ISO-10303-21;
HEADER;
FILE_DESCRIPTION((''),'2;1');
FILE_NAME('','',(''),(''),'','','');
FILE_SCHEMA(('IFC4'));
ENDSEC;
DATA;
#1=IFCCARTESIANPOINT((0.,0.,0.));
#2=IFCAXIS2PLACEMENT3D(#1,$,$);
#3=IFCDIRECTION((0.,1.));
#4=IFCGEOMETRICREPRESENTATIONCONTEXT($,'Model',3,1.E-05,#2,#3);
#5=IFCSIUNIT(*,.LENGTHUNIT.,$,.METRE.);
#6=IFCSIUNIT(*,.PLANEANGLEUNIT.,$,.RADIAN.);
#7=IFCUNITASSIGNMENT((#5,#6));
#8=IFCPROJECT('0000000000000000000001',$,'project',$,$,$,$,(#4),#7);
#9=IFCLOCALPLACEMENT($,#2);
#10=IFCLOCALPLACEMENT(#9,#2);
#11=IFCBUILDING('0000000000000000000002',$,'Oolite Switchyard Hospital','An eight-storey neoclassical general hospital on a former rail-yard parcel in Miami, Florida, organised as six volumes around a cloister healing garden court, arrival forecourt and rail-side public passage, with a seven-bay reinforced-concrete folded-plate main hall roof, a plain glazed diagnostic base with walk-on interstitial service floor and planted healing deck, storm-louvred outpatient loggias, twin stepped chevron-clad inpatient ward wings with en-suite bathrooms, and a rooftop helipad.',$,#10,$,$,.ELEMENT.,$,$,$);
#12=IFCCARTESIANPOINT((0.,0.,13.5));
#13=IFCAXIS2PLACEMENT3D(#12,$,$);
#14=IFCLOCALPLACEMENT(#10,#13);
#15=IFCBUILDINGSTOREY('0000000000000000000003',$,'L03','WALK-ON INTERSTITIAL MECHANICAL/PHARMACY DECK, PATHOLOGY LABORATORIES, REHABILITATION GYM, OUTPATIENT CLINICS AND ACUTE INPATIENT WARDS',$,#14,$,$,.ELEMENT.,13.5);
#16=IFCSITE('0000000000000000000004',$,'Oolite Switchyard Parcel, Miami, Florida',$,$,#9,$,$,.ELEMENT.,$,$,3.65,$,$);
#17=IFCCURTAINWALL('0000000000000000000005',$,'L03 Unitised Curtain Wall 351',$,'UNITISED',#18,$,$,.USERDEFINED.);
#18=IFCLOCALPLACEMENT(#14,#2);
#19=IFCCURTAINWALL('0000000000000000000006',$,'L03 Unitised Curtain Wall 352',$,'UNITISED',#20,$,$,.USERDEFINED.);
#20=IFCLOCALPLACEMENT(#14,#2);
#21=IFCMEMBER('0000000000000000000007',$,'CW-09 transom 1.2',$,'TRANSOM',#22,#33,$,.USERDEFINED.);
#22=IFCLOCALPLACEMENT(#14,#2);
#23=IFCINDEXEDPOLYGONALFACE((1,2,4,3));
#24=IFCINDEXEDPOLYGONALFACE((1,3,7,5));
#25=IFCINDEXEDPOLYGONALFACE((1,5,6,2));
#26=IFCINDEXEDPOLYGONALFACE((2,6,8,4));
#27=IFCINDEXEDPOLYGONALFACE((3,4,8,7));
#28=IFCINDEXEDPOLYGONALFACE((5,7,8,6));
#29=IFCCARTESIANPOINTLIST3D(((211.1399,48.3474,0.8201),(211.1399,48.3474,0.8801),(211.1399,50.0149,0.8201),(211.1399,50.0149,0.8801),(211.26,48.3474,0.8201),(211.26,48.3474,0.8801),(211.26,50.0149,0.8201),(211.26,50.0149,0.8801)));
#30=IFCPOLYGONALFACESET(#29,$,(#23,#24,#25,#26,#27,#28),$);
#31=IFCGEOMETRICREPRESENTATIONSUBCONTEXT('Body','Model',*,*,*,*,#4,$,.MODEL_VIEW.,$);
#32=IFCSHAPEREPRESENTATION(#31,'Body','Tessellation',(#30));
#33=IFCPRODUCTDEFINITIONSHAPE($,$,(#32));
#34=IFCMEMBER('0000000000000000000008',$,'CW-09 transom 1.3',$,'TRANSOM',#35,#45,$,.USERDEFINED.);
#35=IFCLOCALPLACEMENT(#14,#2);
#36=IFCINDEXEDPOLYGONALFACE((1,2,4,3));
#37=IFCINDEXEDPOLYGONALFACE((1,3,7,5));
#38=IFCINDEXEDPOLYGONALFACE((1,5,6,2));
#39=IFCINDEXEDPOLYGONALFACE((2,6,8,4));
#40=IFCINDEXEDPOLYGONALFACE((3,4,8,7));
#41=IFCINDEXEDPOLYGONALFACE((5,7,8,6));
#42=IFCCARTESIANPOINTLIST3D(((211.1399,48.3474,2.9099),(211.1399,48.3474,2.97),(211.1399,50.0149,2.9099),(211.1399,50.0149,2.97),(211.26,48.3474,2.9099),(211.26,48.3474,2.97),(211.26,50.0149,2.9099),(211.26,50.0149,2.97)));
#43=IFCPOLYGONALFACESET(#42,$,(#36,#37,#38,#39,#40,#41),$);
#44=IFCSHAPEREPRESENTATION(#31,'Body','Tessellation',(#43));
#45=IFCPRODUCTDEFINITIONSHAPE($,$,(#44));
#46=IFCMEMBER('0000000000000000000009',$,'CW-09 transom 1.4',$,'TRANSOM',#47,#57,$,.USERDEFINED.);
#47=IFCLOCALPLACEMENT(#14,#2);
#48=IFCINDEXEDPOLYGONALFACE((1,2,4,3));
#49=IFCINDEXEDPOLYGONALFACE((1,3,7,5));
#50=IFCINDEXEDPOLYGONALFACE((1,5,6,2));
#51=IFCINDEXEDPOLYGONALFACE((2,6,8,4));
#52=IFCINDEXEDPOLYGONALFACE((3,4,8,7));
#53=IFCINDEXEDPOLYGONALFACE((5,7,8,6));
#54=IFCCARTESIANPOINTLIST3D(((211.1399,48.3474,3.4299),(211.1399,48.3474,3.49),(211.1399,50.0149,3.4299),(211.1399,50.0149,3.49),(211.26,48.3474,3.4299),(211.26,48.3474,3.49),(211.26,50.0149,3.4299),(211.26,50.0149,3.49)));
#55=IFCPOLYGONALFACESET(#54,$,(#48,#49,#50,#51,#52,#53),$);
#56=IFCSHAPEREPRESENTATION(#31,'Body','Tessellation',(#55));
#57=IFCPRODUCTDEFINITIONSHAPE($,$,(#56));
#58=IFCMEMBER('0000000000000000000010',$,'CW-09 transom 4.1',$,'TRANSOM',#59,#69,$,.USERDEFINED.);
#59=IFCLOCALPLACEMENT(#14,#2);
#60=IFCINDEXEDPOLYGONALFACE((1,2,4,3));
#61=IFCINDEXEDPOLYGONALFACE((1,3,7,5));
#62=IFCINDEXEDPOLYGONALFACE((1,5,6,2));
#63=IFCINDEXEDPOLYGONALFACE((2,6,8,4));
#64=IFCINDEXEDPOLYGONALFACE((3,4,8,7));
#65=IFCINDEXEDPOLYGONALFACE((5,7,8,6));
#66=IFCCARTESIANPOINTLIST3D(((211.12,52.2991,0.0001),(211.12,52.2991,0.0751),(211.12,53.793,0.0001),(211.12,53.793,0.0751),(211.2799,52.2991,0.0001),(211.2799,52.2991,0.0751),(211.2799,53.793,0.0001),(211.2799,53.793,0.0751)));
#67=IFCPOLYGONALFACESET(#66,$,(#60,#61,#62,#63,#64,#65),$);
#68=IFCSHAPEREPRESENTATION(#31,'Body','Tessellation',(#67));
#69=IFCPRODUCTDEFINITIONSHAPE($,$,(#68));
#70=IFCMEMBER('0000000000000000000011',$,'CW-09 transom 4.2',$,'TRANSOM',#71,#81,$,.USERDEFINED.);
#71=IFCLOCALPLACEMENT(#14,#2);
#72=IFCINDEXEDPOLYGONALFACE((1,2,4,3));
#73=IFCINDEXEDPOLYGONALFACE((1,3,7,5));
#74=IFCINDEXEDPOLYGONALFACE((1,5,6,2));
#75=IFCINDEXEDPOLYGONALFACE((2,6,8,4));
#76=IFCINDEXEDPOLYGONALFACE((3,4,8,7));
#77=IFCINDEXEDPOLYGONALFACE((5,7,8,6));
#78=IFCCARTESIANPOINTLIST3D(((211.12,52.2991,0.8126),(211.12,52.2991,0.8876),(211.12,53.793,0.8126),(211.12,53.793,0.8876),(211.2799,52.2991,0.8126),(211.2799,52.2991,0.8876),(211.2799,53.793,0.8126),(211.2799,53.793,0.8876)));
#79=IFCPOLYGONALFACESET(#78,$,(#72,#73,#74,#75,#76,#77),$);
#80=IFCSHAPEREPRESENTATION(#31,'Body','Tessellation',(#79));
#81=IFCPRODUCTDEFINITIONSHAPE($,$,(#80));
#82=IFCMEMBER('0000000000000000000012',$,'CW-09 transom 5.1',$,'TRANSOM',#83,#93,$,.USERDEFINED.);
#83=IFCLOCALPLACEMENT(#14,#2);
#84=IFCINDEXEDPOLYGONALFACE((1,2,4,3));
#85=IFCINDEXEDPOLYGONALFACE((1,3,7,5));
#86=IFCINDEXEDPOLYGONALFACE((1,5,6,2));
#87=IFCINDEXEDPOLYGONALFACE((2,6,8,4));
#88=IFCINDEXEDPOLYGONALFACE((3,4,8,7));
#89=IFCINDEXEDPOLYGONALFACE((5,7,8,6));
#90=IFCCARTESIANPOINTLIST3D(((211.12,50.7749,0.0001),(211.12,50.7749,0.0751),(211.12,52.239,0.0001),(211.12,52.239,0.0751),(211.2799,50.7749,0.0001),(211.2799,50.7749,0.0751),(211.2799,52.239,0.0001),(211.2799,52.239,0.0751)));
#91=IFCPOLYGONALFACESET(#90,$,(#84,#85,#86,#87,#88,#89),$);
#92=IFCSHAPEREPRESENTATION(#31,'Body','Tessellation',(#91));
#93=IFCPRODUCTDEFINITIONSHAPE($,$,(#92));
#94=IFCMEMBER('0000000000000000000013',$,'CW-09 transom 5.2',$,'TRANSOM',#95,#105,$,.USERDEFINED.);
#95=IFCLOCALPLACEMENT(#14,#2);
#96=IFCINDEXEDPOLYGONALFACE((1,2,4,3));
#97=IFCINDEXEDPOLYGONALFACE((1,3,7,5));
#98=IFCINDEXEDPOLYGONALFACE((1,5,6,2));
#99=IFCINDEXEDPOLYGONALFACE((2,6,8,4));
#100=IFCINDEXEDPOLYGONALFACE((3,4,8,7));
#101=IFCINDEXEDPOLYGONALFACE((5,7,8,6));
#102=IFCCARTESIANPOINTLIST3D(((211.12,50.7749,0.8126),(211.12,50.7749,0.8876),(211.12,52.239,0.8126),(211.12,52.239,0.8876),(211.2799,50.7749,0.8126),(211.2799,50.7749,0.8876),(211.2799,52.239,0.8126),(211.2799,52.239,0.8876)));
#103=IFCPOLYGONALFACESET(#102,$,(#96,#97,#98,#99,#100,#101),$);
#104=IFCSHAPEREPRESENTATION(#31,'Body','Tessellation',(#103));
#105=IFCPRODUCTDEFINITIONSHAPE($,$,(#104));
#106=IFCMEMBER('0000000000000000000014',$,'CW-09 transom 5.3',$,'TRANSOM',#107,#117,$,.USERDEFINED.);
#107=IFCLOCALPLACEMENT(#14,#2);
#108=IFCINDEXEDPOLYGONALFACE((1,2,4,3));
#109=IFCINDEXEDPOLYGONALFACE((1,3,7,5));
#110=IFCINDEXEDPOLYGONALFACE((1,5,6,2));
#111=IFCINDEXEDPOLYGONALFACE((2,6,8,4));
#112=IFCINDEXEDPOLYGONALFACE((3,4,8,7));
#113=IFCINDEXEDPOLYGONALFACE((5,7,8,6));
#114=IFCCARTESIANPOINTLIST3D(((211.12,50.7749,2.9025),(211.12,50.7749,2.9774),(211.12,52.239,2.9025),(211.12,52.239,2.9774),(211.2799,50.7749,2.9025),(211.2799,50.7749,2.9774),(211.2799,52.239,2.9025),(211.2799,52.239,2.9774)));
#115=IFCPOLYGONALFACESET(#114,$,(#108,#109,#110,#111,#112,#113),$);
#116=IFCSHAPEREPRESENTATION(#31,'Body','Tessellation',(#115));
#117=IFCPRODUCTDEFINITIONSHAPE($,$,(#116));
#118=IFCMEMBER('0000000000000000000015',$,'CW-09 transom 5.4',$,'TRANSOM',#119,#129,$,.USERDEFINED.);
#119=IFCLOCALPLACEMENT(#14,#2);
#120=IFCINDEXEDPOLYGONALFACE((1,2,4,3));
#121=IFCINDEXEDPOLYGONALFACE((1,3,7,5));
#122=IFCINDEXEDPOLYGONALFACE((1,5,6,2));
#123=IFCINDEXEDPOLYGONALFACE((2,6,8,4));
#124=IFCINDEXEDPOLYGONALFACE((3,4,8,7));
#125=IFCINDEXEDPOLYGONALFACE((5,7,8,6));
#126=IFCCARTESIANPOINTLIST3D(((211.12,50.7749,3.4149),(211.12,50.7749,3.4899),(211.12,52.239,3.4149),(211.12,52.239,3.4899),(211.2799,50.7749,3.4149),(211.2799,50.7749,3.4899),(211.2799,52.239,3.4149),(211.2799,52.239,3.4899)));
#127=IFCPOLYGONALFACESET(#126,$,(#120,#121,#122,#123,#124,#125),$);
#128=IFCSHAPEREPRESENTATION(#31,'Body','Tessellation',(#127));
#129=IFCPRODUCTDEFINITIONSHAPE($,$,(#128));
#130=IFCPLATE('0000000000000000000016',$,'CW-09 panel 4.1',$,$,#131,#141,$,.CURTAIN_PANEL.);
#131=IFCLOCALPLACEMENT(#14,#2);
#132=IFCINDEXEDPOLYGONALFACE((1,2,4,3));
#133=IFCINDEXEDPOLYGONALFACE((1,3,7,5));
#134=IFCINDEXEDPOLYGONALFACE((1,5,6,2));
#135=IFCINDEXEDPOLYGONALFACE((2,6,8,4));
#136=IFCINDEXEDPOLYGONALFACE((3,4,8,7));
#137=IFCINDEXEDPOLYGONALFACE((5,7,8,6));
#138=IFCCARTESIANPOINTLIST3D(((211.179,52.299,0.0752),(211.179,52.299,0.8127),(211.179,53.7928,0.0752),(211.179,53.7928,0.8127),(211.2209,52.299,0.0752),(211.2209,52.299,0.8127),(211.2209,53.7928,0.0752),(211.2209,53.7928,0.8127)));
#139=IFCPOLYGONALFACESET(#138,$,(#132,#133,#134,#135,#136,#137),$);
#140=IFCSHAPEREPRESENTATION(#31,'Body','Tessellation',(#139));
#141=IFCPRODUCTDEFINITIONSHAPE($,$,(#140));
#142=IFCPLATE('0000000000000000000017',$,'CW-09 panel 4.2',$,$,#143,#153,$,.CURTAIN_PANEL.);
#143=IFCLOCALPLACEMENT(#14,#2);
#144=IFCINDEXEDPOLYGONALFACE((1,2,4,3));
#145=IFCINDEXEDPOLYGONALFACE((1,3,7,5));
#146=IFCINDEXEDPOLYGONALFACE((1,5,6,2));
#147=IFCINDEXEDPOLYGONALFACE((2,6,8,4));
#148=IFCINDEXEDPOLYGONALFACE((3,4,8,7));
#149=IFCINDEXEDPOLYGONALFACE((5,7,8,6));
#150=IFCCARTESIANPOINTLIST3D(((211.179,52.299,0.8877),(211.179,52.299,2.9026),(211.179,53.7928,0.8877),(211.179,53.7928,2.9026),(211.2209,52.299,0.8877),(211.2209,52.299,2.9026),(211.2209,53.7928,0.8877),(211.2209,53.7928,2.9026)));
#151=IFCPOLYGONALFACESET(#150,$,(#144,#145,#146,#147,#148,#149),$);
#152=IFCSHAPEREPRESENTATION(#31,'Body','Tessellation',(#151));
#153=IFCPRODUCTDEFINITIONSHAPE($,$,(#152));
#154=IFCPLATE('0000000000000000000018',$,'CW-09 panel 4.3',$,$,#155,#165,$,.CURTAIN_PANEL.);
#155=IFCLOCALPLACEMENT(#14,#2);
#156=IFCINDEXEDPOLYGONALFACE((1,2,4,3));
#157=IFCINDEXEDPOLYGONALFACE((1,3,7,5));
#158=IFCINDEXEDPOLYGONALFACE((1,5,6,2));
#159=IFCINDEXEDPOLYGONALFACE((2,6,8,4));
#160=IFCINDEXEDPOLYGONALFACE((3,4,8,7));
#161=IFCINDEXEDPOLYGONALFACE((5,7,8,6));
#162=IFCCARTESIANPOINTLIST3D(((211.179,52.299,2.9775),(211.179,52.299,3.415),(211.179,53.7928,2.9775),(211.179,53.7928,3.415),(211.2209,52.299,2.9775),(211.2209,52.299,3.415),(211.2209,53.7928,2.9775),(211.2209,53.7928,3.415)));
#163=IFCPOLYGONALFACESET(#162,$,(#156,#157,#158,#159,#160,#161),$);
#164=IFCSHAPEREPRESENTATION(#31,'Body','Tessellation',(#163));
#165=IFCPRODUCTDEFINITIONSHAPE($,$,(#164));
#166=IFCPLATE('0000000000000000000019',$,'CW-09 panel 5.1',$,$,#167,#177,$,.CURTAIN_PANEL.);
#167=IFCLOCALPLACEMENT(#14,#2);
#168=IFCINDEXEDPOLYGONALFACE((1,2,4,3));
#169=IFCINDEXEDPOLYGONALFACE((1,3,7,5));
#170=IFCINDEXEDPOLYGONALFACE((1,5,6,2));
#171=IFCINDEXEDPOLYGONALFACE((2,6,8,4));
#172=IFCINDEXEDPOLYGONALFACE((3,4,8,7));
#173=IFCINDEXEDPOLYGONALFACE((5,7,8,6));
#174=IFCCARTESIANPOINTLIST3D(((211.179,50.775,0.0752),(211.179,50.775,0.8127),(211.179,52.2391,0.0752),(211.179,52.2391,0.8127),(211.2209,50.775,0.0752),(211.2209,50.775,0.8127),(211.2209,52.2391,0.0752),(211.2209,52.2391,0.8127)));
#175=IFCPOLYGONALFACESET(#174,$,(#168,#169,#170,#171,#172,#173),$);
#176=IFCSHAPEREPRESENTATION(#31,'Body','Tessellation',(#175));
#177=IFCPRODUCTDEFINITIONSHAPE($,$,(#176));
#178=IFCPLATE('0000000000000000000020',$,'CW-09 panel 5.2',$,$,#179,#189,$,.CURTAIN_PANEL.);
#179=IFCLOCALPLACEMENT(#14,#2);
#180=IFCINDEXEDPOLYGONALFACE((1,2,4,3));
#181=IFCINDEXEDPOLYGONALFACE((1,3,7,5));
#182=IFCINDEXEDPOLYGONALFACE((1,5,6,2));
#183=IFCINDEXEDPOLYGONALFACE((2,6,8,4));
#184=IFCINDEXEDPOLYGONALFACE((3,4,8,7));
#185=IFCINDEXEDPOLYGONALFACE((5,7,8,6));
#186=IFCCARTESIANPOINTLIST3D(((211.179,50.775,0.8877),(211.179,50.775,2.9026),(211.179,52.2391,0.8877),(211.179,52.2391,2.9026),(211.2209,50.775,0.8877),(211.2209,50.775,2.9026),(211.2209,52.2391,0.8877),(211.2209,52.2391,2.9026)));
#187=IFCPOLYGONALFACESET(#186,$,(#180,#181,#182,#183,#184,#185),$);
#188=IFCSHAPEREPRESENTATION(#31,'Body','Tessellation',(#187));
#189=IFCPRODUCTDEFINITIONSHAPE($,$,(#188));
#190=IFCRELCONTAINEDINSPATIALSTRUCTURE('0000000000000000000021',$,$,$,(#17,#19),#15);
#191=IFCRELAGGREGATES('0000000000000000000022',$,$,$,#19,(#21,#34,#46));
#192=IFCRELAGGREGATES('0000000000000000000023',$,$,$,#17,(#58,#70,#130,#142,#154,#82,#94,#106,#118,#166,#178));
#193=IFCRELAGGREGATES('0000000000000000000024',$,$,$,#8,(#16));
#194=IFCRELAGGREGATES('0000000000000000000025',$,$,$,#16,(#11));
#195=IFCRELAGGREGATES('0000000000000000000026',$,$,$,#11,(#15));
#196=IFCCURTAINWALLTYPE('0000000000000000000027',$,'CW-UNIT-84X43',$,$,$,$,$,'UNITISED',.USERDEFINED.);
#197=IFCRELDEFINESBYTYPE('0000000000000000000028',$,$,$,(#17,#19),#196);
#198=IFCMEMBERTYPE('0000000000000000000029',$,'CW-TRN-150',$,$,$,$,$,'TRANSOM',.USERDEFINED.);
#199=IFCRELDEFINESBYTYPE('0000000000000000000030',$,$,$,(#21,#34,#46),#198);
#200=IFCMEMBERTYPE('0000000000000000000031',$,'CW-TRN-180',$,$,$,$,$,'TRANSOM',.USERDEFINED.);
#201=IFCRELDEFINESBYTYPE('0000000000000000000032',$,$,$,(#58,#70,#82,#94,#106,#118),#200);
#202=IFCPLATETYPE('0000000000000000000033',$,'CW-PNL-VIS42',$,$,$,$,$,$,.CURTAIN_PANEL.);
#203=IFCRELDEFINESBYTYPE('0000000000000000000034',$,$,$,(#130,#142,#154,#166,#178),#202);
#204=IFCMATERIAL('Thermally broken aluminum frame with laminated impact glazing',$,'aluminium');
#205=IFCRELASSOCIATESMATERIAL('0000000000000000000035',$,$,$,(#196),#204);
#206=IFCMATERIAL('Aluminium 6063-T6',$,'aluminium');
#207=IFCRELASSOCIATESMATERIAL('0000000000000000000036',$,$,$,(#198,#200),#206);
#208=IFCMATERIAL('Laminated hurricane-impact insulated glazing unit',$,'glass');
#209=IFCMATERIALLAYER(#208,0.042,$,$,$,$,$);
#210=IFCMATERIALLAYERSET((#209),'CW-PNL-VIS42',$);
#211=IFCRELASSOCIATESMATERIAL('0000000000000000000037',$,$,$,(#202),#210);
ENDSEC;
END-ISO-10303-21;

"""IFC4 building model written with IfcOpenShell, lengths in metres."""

from ifc_helpers import new_model, si_unit, direction, frame, origin, origin_2d, place, context, subcontext, project, spatial, rectangle, extrude, material, layer, layer_set, material_profile, profile_set, type_object, element, aggregate, save


model = new_model("IFC4")

# Units and contexts
model_context = context("Model", 3, precision=1e-05, world=origin(), true_north=direction((0.0, 1.0)))
body_context = subcontext(model_context, "Body", "Model", "MODEL_VIEW")
ifc_project = project(units=[si_unit("LENGTHUNIT", "METRE"), si_unit("PLANEANGLEUNIT", "RADIAN")], contexts=[model_context])

# Site, building, storey
site_placement = place(None, origin())
site = spatial("IfcSite", under=ifc_project, at=site_placement, Name="Oolite Switchyard Parcel, Miami, Florida", CompositionType="ELEMENT", RefElevation=3.65)
building_placement = place(site_placement, origin())
building = spatial("IfcBuilding", under=site, at=building_placement, Name="Oolite Switchyard Hospital", Description="An eight-storey neoclassical general hospital on a former rail-yard parcel in Miami, Florida, organised as six volumes around a cloister healing garden court, arrival forecourt and rail-side public passage, with a seven-bay reinforced-concrete folded-plate main hall roof, a plain glazed diagnostic base with walk-on interstitial service floor and planted healing deck, storm-louvred outpatient loggias, twin stepped chevron-clad inpatient ward wings with en-suite bathrooms, and a rooftop helipad.", CompositionType="ELEMENT")
storey_placement = place(building_placement, frame((0.0, 0.0, 13.5)))
storey = spatial("IfcBuildingStorey", under=building, at=storey_placement, Name="L03", Description="WALK-ON INTERSTITIAL MECHANICAL/PHARMACY DECK, PATHOLOGY LABORATORIES, REHABILITATION GYM, OUTPATIENT CLINICS AND ACUTE INPATIENT WARDS", CompositionType="ELEMENT", Elevation=13.5)

# Curtain walls, members
ifc_material_1 = material(Name="Thermally broken aluminum frame with laminated impact glazing", Category="aluminium")
curtain_wall_type = type_object("IfcCurtainWallType", Name="CW-UNIT-84X43", ElementType="UNITISED", PredefinedType="USERDEFINED", material=ifc_material_1)
curtain_wall_1_placement = place(storey_placement, origin())
curtain_wall_1 = element("IfcCurtainWall", 1, at=curtain_wall_1_placement, inside=storey, type_object=curtain_wall_type, Name="L03 Unitised Curtain Wall 351", ObjectType="UNITISED", PredefinedType="USERDEFINED")
ifc_material_2 = material(Name="Aluminium 6063-T6", Category="aluminium")
curtain_wall_2_placement = place(storey_placement, origin())
curtain_wall_2 = element("IfcCurtainWall", 2, at=curtain_wall_2_placement, inside=storey, type_object=curtain_wall_type, Name="L03 Unitised Curtain Wall 352", ObjectType="UNITISED", PredefinedType="USERDEFINED")
ifc_material_profile_1 = material_profile(ifc_material_2, rectangle(XDim=0.1201, YDim=0.0601, at=origin_2d()), Name="CWT60X120")
ifc_profile_set_1 = profile_set([ifc_material_profile_1], Name="Aluminium 6063-T6")
member_type_1 = type_object("IfcMemberType", Name="CW-TRN-150", ElementType="TRANSOM", PredefinedType="USERDEFINED", material=ifc_profile_set_1)
member_1_placement = place(storey_placement, frame((211.2, 50.0149, 0.8501), z_axis=(0.0, -1.0, 0.0), x_axis=(1.0, 0.0, 0.0)))
member_1 = element("IfcMember", 3, at=member_1_placement, type_object=member_type_1, Name="CW-09 transom 1.2", ObjectType="TRANSOM", PredefinedType="USERDEFINED", context=body_context, shape_type="SweptSolid", body=[
    extrude(rectangle(XDim=0.1201, YDim=0.0601, at=origin_2d()), origin(), (0.0, 0.0, 1.0), 1.6675),
])
member_2_placement = place(storey_placement, frame((211.2, 50.0149, 2.9399), z_axis=(0.0, -1.0, 0.0), x_axis=(1.0, 0.0, 0.0)))
member_2 = element("IfcMember", 4, at=member_2_placement, type_object=member_type_1, Name="CW-09 transom 1.3", ObjectType="TRANSOM", PredefinedType="USERDEFINED", context=body_context, shape_type="SweptSolid", body=[
    extrude(rectangle(XDim=0.1201, YDim=0.0601, at=origin_2d()), origin(), (0.0, 0.0, 1.0), 1.6675),
])
member_3_placement = place(storey_placement, frame((211.2, 50.0149, 3.46), z_axis=(0.0, -1.0, 0.0), x_axis=(1.0, 0.0, 0.0)))
member_3 = element("IfcMember", 5, at=member_3_placement, type_object=member_type_1, Name="CW-09 transom 1.4", ObjectType="TRANSOM", PredefinedType="USERDEFINED", context=body_context, shape_type="SweptSolid", body=[
    extrude(rectangle(XDim=0.1201, YDim=0.0601, at=origin_2d()), origin(), (0.0, 0.0, 1.0), 1.6675),
])
aggregate(curtain_wall_2, [member_1, member_2, member_3])

# Members
ifc_material_profile_2 = material_profile(ifc_material_2, rectangle(XDim=0.1599, YDim=0.075, at=origin_2d()), Name="CWT75X160")
ifc_profile_set_2 = profile_set([ifc_material_profile_2], Name="Aluminium 6063-T6")
member_type_2 = type_object("IfcMemberType", Name="CW-TRN-180", ElementType="TRANSOM", PredefinedType="USERDEFINED", material=ifc_profile_set_2)
member_4_placement = place(storey_placement, frame((211.2, 53.793, 0.0376), z_axis=(0.0, -1.0, 0.0), x_axis=(1.0, 0.0, 0.0)))
member_4 = element("IfcMember", 6, at=member_4_placement, type_object=member_type_2, Name="CW-09 transom 4.1", ObjectType="TRANSOM", PredefinedType="USERDEFINED", context=body_context, shape_type="SweptSolid", body=[
    extrude(rectangle(XDim=0.1599, YDim=0.075, at=origin_2d()), origin(), (0.0, 0.0, 1.0), 1.4939),
])
member_5_placement = place(storey_placement, frame((211.2, 53.793, 0.8501), z_axis=(0.0, -1.0, 0.0), x_axis=(1.0, 0.0, 0.0)))
member_5 = element("IfcMember", 7, at=member_5_placement, type_object=member_type_2, Name="CW-09 transom 4.2", ObjectType="TRANSOM", PredefinedType="USERDEFINED", context=body_context, shape_type="SweptSolid", body=[
    extrude(rectangle(XDim=0.1599, YDim=0.075, at=origin_2d()), origin(), (0.0, 0.0, 1.0), 1.4939),
])
member_6_placement = place(storey_placement, frame((211.2, 52.239, 0.0376), z_axis=(0.0, -1.0, 0.0), x_axis=(1.0, 0.0, 0.0)))
member_6 = element("IfcMember", 8, at=member_6_placement, type_object=member_type_2, Name="CW-09 transom 5.1", ObjectType="TRANSOM", PredefinedType="USERDEFINED", context=body_context, shape_type="SweptSolid", body=[
    extrude(rectangle(XDim=0.1599, YDim=0.075, at=origin_2d()), origin(), (0.0, 0.0, 1.0), 1.4641),
])
member_7_placement = place(storey_placement, frame((211.2, 52.239, 0.8501), z_axis=(0.0, -1.0, 0.0), x_axis=(1.0, 0.0, 0.0)))
member_7 = element("IfcMember", 9, at=member_7_placement, type_object=member_type_2, Name="CW-09 transom 5.2", ObjectType="TRANSOM", PredefinedType="USERDEFINED", context=body_context, shape_type="SweptSolid", body=[
    extrude(rectangle(XDim=0.1599, YDim=0.075, at=origin_2d()), origin(), (0.0, 0.0, 1.0), 1.4641),
])
member_8_placement = place(storey_placement, frame((211.2, 52.239, 2.9399), z_axis=(0.0, -1.0, 0.0), x_axis=(1.0, 0.0, 0.0)))
member_8 = element("IfcMember", 10, at=member_8_placement, type_object=member_type_2, Name="CW-09 transom 5.3", ObjectType="TRANSOM", PredefinedType="USERDEFINED", context=body_context, shape_type="SweptSolid", body=[
    extrude(rectangle(XDim=0.1599, YDim=0.075, at=origin_2d()), origin(), (0.0, 0.0, 1.0), 1.4641),
])
member_9_placement = place(storey_placement, frame((211.2, 52.239, 3.4524), z_axis=(0.0, -1.0, 0.0), x_axis=(1.0, 0.0, 0.0)))
member_9 = element("IfcMember", 11, at=member_9_placement, type_object=member_type_2, Name="CW-09 transom 5.4", ObjectType="TRANSOM", PredefinedType="USERDEFINED", context=body_context, shape_type="SweptSolid", body=[
    extrude(rectangle(XDim=0.1599, YDim=0.075, at=origin_2d()), origin(), (0.0, 0.0, 1.0), 1.4641),
])

# Plates
ifc_material_3 = material(Name="Laminated hurricane-impact insulated glazing unit", Category="glass")
ifc_layer_1 = layer(ifc_material_3, 0.042)
ifc_layer_set_1 = layer_set([ifc_layer_1], Name="CW-PNL-VIS42")
plate_type = type_object("IfcPlateType", Name="CW-PNL-VIS42", PredefinedType="CURTAIN_PANEL", material=ifc_layer_set_1)
plate_1_placement = place(storey_placement, frame((211.2, 53.0459, 0.0752), z_axis=(0.0, 0.0, 1.0), x_axis=(0.0, -1.0, 0.0)))
plate_1 = element("IfcPlate", 12, at=plate_1_placement, type_object=plate_type, Name="CW-09 panel 4.1", PredefinedType="CURTAIN_PANEL", context=body_context, shape_type="SweptSolid", body=[
    extrude(rectangle(XDim=1.4939, YDim=0.042, at=origin_2d()), origin(), (0.0, 0.0, 1.0), 0.7375),
])
plate_2_placement = place(storey_placement, frame((211.2, 53.0459, 0.8877), z_axis=(0.0, 0.0, 1.0), x_axis=(0.0, -1.0, 0.0)))
plate_2 = element("IfcPlate", 13, at=plate_2_placement, type_object=plate_type, Name="CW-09 panel 4.2", PredefinedType="CURTAIN_PANEL", context=body_context, shape_type="SweptSolid", body=[
    extrude(rectangle(XDim=1.4939, YDim=0.042, at=origin_2d()), origin(), (0.0, 0.0, 1.0), 2.0149),
])
plate_3_placement = place(storey_placement, frame((211.2, 53.0459, 2.9775), z_axis=(0.0, 0.0, 1.0), x_axis=(0.0, -1.0, 0.0)))
plate_3 = element("IfcPlate", 14, at=plate_3_placement, type_object=plate_type, Name="CW-09 panel 4.3", PredefinedType="CURTAIN_PANEL", context=body_context, shape_type="SweptSolid", body=[
    extrude(rectangle(XDim=1.4939, YDim=0.042, at=origin_2d()), origin(), (0.0, 0.0, 1.0), 0.4375),
])
plate_4_placement = place(storey_placement, frame((211.2, 51.5071, 0.0752), z_axis=(0.0, 0.0, 1.0), x_axis=(0.0, -1.0, 0.0)))
plate_4 = element("IfcPlate", 15, at=plate_4_placement, type_object=plate_type, Name="CW-09 panel 5.1", PredefinedType="CURTAIN_PANEL", context=body_context, shape_type="SweptSolid", body=[
    extrude(rectangle(XDim=1.4641, YDim=0.042, at=origin_2d()), origin(), (0.0, 0.0, 1.0), 0.7375),
])
plate_5_placement = place(storey_placement, frame((211.2, 51.5071, 0.8877), z_axis=(0.0, 0.0, 1.0), x_axis=(0.0, -1.0, 0.0)))
plate_5 = element("IfcPlate", 16, at=plate_5_placement, type_object=plate_type, Name="CW-09 panel 5.2", PredefinedType="CURTAIN_PANEL", context=body_context, shape_type="SweptSolid", body=[
    extrude(rectangle(XDim=1.4641, YDim=0.042, at=origin_2d()), origin(), (0.0, 0.0, 1.0), 2.0149),
])
aggregate(curtain_wall_1, [member_4, member_5, plate_1, plate_2, plate_3, member_6, member_7, member_8, member_9, plate_4, plate_5])

save(model, "model.ifc")
